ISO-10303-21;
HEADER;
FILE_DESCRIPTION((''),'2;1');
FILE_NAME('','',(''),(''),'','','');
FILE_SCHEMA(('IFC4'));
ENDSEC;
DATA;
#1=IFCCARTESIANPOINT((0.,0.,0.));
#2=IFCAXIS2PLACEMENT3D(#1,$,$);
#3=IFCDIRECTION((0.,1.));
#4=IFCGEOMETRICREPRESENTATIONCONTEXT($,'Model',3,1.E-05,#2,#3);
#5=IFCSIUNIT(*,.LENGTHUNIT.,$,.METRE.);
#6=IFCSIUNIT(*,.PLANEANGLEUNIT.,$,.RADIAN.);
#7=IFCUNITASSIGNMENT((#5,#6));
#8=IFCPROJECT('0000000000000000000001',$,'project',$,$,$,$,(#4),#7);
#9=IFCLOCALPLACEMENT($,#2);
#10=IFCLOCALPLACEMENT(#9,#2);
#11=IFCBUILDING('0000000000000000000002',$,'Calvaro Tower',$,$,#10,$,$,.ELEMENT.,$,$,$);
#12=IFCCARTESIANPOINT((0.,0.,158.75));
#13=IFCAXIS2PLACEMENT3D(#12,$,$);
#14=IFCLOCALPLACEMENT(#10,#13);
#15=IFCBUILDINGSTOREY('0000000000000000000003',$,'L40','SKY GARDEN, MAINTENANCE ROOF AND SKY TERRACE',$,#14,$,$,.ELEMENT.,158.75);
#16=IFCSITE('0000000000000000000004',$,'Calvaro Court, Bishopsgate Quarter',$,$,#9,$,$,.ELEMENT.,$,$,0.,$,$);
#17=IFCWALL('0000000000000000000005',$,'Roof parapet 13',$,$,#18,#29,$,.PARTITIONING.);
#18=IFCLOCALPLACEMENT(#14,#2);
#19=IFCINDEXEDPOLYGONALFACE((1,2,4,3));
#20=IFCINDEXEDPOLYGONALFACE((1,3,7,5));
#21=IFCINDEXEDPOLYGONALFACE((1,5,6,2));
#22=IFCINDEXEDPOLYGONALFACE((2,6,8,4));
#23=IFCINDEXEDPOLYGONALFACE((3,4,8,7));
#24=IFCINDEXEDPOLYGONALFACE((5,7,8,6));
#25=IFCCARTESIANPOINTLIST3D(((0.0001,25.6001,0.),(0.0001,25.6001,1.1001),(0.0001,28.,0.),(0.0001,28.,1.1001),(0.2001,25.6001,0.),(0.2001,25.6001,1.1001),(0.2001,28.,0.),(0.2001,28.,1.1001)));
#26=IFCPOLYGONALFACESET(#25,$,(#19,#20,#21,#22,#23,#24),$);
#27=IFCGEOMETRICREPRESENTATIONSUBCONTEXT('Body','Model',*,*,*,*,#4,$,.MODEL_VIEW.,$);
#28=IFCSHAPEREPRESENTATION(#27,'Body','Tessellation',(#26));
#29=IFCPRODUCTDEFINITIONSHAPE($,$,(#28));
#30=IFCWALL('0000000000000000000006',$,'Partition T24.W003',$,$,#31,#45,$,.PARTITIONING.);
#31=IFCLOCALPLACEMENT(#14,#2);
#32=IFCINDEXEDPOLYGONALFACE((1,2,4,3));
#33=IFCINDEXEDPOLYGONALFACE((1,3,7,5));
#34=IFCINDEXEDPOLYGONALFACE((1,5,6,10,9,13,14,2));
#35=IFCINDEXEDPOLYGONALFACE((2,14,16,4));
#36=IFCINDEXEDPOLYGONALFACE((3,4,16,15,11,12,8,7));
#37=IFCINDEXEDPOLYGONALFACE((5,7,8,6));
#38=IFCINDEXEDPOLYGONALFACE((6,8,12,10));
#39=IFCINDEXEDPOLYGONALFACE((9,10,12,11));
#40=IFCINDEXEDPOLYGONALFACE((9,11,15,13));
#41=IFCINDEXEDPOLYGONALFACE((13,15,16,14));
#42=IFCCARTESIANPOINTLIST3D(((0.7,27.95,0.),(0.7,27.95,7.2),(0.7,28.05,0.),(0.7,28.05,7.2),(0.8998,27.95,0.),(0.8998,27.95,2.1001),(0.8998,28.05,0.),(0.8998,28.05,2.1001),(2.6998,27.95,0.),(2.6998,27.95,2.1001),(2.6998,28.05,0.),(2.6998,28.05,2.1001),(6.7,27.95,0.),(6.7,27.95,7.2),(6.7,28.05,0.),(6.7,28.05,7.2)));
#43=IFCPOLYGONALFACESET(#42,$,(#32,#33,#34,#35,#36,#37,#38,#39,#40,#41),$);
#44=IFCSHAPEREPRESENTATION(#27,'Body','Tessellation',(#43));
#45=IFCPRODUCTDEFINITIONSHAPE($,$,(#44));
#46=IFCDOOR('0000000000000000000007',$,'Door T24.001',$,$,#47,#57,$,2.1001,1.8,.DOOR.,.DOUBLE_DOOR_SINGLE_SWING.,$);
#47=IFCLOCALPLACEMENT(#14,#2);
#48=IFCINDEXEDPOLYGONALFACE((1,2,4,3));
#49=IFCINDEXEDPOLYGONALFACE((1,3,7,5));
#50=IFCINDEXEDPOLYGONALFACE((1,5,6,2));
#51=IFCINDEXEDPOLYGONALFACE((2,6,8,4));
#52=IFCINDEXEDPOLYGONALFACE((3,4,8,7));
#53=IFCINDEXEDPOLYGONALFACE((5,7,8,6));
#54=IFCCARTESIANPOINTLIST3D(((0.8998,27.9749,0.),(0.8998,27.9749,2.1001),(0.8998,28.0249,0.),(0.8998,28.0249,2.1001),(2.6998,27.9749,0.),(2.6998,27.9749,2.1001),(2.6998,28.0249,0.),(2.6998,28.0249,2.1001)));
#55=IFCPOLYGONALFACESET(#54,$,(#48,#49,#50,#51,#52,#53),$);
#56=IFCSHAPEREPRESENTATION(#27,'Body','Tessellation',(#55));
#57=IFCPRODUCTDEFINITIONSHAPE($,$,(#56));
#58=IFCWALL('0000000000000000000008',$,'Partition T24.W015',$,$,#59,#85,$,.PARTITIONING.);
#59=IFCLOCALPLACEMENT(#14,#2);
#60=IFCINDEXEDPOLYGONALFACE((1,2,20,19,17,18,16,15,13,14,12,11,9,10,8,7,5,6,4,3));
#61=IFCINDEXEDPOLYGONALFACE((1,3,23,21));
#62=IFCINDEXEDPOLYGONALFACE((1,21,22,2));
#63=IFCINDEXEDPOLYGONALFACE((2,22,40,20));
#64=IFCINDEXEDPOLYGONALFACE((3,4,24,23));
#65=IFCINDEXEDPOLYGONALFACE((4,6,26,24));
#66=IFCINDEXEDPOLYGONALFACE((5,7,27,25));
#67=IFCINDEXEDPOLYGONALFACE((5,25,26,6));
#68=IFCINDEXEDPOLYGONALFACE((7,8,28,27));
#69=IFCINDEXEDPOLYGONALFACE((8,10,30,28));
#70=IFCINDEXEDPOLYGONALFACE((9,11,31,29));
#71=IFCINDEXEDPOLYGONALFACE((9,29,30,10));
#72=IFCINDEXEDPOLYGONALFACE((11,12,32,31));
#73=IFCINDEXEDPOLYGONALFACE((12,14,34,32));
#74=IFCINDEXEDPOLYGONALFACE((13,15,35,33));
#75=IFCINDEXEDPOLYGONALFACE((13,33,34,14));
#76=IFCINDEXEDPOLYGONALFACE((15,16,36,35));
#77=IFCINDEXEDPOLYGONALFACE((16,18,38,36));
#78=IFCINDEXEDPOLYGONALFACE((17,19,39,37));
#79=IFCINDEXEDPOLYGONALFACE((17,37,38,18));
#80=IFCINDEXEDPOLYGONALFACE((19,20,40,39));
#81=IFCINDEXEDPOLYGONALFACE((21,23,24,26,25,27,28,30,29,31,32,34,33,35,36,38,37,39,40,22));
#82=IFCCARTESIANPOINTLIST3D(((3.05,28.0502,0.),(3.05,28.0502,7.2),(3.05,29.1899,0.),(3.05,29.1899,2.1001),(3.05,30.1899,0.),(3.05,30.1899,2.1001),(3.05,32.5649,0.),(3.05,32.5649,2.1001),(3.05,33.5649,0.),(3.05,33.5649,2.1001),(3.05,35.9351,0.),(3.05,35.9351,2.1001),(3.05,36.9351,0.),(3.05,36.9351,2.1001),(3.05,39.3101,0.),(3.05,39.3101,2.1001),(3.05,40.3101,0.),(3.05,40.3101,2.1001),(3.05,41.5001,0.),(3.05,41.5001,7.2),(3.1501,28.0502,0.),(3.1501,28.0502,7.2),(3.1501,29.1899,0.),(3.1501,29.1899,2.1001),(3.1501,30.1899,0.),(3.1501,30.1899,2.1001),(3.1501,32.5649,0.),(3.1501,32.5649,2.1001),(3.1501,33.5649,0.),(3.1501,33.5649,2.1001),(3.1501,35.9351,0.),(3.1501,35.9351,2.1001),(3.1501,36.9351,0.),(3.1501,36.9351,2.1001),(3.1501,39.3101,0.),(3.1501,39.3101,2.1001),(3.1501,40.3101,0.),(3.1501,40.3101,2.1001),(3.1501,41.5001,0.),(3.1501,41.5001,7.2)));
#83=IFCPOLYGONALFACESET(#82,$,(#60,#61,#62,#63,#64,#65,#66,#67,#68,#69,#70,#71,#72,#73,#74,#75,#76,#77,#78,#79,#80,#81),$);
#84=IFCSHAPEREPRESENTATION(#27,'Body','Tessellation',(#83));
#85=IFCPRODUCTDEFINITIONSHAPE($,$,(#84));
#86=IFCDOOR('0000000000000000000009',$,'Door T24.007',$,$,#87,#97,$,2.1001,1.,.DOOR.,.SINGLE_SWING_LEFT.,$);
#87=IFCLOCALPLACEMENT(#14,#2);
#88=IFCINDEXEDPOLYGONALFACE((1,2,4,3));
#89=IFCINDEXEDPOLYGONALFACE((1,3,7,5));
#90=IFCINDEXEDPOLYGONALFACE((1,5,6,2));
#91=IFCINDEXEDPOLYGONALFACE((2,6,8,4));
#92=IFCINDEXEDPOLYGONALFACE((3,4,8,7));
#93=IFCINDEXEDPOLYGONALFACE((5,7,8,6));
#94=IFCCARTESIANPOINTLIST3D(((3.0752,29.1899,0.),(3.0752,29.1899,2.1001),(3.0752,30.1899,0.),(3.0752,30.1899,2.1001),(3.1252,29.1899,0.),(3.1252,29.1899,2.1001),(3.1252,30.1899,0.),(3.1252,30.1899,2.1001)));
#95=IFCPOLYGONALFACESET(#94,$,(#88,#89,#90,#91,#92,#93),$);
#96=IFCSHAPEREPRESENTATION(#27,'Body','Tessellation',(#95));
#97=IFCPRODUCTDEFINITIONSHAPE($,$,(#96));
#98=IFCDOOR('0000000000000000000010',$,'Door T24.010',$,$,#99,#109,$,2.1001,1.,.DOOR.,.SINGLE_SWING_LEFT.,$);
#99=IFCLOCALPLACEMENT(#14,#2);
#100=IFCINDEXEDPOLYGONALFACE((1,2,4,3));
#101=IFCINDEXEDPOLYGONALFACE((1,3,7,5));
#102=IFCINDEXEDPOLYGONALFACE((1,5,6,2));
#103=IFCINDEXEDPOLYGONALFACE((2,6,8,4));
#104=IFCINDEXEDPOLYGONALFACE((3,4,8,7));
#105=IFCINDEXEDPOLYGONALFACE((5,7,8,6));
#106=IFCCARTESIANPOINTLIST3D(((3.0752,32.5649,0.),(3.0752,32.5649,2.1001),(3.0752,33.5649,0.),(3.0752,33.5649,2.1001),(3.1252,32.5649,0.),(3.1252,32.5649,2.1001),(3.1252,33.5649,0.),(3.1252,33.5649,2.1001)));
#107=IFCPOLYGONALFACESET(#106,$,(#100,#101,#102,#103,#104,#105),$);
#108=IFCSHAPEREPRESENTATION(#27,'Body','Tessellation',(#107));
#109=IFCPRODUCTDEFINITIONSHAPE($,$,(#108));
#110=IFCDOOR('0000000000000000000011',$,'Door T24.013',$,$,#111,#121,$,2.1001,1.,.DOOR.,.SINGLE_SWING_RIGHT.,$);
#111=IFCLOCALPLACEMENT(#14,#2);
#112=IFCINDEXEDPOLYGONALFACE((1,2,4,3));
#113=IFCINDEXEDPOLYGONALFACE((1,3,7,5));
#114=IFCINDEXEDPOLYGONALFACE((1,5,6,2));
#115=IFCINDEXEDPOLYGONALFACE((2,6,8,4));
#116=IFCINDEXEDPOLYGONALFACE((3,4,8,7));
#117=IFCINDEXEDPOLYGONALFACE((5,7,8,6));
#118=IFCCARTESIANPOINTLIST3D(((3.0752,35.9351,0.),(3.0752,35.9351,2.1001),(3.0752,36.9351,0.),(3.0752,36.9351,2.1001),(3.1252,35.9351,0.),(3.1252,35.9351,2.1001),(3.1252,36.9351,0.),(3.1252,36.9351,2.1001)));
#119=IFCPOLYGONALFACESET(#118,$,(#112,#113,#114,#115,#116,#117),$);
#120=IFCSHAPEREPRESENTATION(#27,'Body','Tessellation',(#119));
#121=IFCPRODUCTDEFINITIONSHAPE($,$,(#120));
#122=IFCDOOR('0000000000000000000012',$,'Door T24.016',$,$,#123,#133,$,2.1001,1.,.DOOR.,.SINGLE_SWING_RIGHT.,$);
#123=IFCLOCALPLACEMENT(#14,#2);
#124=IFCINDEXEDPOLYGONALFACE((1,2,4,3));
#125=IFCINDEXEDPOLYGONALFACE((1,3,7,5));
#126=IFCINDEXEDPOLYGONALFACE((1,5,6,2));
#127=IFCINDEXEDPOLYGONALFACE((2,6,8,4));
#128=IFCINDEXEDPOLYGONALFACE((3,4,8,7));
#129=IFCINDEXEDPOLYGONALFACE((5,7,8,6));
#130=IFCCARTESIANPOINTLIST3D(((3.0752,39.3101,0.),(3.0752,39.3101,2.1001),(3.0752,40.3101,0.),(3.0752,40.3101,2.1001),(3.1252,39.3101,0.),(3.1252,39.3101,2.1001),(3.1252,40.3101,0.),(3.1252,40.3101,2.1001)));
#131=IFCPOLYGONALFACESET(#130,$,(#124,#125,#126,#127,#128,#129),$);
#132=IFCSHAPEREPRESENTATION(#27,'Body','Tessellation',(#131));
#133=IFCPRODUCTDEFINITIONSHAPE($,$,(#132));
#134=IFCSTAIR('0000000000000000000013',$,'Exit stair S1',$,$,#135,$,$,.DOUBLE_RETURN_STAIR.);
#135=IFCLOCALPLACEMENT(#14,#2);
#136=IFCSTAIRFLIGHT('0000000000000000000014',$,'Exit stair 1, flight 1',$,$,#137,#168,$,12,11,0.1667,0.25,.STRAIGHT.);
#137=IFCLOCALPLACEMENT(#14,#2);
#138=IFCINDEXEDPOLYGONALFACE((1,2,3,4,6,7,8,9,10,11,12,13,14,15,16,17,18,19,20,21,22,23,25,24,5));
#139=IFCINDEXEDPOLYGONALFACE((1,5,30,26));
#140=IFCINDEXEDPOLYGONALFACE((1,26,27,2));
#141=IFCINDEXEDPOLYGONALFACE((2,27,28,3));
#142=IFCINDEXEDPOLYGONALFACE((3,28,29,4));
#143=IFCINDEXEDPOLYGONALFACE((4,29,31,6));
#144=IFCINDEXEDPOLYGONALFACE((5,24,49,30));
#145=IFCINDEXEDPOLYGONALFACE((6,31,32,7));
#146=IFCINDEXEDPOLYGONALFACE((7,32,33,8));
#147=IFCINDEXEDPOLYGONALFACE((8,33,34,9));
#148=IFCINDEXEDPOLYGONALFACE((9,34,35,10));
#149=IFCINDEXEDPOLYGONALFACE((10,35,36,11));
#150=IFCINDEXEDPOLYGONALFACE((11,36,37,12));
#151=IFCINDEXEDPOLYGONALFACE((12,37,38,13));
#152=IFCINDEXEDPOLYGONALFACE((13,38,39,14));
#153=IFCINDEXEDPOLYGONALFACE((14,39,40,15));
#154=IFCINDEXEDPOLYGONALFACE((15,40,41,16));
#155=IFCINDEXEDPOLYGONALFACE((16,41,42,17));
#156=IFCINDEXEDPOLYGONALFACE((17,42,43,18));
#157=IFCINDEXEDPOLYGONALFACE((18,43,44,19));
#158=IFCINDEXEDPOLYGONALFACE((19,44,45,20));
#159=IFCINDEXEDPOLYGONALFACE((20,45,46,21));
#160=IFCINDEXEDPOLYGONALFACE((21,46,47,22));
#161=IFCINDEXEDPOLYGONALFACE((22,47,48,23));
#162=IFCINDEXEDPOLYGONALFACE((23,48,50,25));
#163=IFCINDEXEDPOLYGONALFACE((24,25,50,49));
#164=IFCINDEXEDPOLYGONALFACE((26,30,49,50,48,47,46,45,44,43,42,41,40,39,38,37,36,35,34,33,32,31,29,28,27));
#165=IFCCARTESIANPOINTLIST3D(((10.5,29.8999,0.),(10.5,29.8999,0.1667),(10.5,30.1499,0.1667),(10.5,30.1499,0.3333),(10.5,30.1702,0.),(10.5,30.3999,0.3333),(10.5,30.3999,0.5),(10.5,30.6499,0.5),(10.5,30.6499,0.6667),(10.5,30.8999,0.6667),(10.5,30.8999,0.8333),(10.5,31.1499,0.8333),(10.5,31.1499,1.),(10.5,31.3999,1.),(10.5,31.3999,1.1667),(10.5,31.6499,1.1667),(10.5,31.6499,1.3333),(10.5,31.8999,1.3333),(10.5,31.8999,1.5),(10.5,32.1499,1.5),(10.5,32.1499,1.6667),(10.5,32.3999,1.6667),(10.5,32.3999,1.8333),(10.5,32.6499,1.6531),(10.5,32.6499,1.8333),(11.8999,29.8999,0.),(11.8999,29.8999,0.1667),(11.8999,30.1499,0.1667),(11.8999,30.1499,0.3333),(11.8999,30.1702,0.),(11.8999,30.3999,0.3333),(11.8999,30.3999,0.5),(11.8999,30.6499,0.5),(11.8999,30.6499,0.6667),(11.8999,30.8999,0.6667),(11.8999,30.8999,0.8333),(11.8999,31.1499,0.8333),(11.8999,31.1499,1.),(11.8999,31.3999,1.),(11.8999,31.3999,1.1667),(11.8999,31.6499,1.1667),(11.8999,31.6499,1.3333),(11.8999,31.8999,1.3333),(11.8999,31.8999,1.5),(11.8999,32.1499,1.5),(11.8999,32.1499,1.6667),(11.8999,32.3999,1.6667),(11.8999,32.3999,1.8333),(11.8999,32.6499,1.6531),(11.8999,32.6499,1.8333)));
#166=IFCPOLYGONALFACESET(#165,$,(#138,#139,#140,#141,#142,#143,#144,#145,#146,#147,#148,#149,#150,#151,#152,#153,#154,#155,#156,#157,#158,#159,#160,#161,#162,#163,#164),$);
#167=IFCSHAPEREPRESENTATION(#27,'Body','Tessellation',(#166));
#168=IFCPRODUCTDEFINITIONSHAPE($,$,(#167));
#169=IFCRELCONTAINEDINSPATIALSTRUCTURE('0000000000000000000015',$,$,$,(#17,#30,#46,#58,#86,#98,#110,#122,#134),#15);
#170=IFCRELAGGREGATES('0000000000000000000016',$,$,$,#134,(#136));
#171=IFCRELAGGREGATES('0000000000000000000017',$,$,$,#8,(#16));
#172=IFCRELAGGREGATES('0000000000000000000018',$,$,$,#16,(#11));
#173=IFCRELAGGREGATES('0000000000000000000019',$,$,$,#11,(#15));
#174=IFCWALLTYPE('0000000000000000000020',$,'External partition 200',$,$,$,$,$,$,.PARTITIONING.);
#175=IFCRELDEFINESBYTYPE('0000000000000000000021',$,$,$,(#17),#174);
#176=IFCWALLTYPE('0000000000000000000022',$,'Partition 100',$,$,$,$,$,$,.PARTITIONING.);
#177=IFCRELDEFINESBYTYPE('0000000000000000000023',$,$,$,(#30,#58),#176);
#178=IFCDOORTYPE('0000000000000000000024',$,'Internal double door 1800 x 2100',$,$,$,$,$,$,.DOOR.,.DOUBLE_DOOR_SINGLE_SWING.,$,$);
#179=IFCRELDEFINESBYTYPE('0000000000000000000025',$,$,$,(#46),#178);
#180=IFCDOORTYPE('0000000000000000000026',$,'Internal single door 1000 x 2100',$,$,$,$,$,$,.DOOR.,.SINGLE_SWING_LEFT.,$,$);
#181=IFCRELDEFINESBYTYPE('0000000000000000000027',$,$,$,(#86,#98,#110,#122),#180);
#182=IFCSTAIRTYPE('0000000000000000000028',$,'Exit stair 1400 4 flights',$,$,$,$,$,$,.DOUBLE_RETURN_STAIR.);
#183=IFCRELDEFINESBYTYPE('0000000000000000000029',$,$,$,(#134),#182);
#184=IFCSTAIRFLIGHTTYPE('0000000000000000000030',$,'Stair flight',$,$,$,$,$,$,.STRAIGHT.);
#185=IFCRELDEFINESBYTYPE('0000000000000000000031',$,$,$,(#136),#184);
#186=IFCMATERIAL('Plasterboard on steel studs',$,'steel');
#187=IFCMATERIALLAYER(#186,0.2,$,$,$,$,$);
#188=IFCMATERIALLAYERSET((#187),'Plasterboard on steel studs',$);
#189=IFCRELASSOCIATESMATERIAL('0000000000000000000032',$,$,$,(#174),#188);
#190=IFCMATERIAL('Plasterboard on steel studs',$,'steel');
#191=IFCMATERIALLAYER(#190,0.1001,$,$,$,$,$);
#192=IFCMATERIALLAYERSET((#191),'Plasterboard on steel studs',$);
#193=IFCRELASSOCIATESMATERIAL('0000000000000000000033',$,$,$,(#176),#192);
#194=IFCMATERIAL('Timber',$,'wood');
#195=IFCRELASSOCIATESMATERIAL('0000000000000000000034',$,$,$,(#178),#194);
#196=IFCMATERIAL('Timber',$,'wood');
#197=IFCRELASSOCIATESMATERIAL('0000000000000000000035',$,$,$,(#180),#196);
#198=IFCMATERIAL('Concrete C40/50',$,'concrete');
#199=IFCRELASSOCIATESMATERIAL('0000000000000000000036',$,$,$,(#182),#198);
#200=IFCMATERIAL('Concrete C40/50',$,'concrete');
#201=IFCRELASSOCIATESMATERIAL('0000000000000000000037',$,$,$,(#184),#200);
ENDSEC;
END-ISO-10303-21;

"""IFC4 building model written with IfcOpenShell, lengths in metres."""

from ifc_helpers import new_model, si_unit, direction, frame, frame_2d, origin, place, context, subcontext, project, spatial, polyline, rectangle, outline, extrude, material, layer, layer_set, type_object, element, fill, aggregate, save


model = new_model("IFC4")

# Units and contexts
model_context = context("Model", 3, precision=1e-05, world=origin(), true_north=direction((0.0, 1.0)))
body_context = subcontext(model_context, "Body", "Model", "MODEL_VIEW")
ifc_project = project(units=[si_unit("LENGTHUNIT", "METRE"), si_unit("PLANEANGLEUNIT", "RADIAN")], contexts=[model_context])

# Site, building, storey
site_placement = place(None, origin())
site = spatial("IfcSite", under=ifc_project, at=site_placement, Name="Calvaro Court, Bishopsgate Quarter", CompositionType="ELEMENT", RefElevation=0.0)
building_placement = place(site_placement, origin())
building = spatial("IfcBuilding", under=site, at=building_placement, Name="Calvaro Tower", CompositionType="ELEMENT")
storey_placement = place(building_placement, frame((0.0, 0.0, 158.75)))
storey = spatial("IfcBuildingStorey", under=building, at=storey_placement, Name="L40", Description="SKY GARDEN, MAINTENANCE ROOF AND SKY TERRACE", CompositionType="ELEMENT", Elevation=158.75)

# Wall
ifc_material_1 = material(Name="Plasterboard on steel studs", Category="steel")
ifc_layer_1 = layer(ifc_material_1, 0.2)
ifc_layer_set_1 = layer_set([ifc_layer_1], Name="Plasterboard on steel studs")
wall_type_1 = type_object("IfcWallType", Name="External partition 200", PredefinedType="PARTITIONING", material=ifc_layer_set_1)
wall_1_placement = place(storey_placement, frame((0.1001, 25.6001, 0.0), z_axis=(0.0, 0.0, 1.0), x_axis=(0.0, 1.0, 0.0)))
element("IfcWall", 1, at=wall_1_placement, inside=storey, type_object=wall_type_1, Name="Roof parapet 13", PredefinedType="PARTITIONING", context=body_context, shape_type="SweptSolid", body=[
    extrude(rectangle(XDim=2.3999, YDim=0.2, at=frame_2d((1.2, 0.0))), origin(), (0.0, 0.0, 1.0), 1.1001),
])

# Wall, opening, door
ifc_material_2 = material(Name="Plasterboard on steel studs", Category="steel")
ifc_layer_2 = layer(ifc_material_2, 0.1001)
ifc_layer_set_2 = layer_set([ifc_layer_2], Name="Plasterboard on steel studs")
wall_type_2 = type_object("IfcWallType", Name="Partition 100", PredefinedType="PARTITIONING", material=ifc_layer_set_2)
wall_2_placement = place(storey_placement, frame((0.7, 28.0, 0.0), z_axis=(0.0, 0.0, 1.0), x_axis=(1.0, 0.0, 0.0)))
wall_2 = element("IfcWall", 2, at=wall_2_placement, inside=storey, type_object=wall_type_2, Name="Partition T24.W003", PredefinedType="PARTITIONING", context=body_context, shape_type="SweptSolid", body=[
    extrude(rectangle(XDim=6.0, YDim=0.1001, at=frame_2d((3.0, 0.0))), origin(), (0.0, 0.0, 1.0), 7.2),
])
opening_1_placement = place(wall_2_placement, frame((0.2, 0.0, 0.0)))
opening_1 = element("IfcOpeningElement", 3, at=opening_1_placement, cuts=wall_2, PredefinedType="OPENING", context=body_context, shape_type="SweptSolid", body=[
    extrude(rectangle(XDim=1.8, YDim=2.1001, at=frame_2d((0.8999, 1.05))), frame((0.0, 0.0601, 0.0), z_axis=(0.0, -1.0, 0.0), x_axis=(1.0, 0.0, 0.0)), (0.0, 0.0, 1.0), 0.1201),
])
ifc_material_3 = material(Name="Timber", Category="wood")
door_type_1 = type_object("IfcDoorType", Name="Internal double door 1800 x 2100", OperationType="DOUBLE_DOOR_SINGLE_SWING", PredefinedType="DOOR", material=ifc_material_3)
door_1_placement = place(opening_1_placement, origin())
door_1 = element("IfcDoor", 4, at=door_1_placement, inside=storey, type_object=door_type_1, Name="Door T24.001", OperationType="DOUBLE_DOOR_SINGLE_SWING", OverallHeight=2.1001, OverallWidth=1.8, PredefinedType="DOOR", context=body_context, shape_type="SweptSolid", body=[
    extrude(rectangle(XDim=1.8, YDim=2.1001, at=frame_2d((0.8999, 1.05))), frame((0.0, 0.0249, 0.0), z_axis=(0.0, -1.0, 0.0), x_axis=(1.0, 0.0, 0.0)), (0.0, 0.0, 1.0), 0.05),
])
fill(opening_1, door_1)

# Wall, openings, doors
wall_3_placement = place(storey_placement, frame((3.1001, 28.05, 0.0), z_axis=(0.0, 0.0, 1.0), x_axis=(0.0, 1.0, 0.0)))
wall_3 = element("IfcWall", 5, at=wall_3_placement, inside=storey, type_object=wall_type_2, Name="Partition T24.W015", PredefinedType="PARTITIONING", context=body_context, shape_type="SweptSolid", body=[
    extrude(rectangle(XDim=13.45, YDim=0.1001, at=frame_2d((6.7251, 0.0))), origin(), (0.0, 0.0, 1.0), 7.2),
])
opening_2_placement = place(wall_3_placement, frame((1.1399, 0.0, 0.0)))
opening_2 = element("IfcOpeningElement", 6, at=opening_2_placement, cuts=wall_3, PredefinedType="OPENING", context=body_context, shape_type="SweptSolid", body=[
    extrude(rectangle(XDim=1.0, YDim=2.1001, at=frame_2d((0.5, 1.05))), frame((0.0, 0.0601, 0.0), z_axis=(0.0, -1.0, 0.0), x_axis=(1.0, 0.0, 0.0)), (0.0, 0.0, 1.0), 0.1201),
])
opening_3_placement = place(wall_3_placement, frame((4.5149, 0.0, 0.0)))
opening_3 = element("IfcOpeningElement", 7, at=opening_3_placement, cuts=wall_3, PredefinedType="OPENING", context=body_context, shape_type="SweptSolid", body=[
    extrude(rectangle(XDim=1.0, YDim=2.1001, at=frame_2d((0.5, 1.05))), frame((0.0, 0.0601, 0.0), z_axis=(0.0, -1.0, 0.0), x_axis=(1.0, 0.0, 0.0)), (0.0, 0.0, 1.0), 0.1201),
])
opening_4_placement = place(wall_3_placement, frame((7.885, 0.0, 0.0)))
opening_4 = element("IfcOpeningElement", 8, at=opening_4_placement, cuts=wall_3, PredefinedType="OPENING", context=body_context, shape_type="SweptSolid", body=[
    extrude(rectangle(XDim=1.0, YDim=2.1001, at=frame_2d((0.5, 1.05))), frame((0.0, 0.0601, 0.0), z_axis=(0.0, -1.0, 0.0), x_axis=(1.0, 0.0, 0.0)), (0.0, 0.0, 1.0), 0.1201),
])
opening_5_placement = place(wall_3_placement, frame((11.26, 0.0, 0.0)))
opening_5 = element("IfcOpeningElement", 9, at=opening_5_placement, cuts=wall_3, PredefinedType="OPENING", context=body_context, shape_type="SweptSolid", body=[
    extrude(rectangle(XDim=1.0, YDim=2.1001, at=frame_2d((0.5, 1.05))), frame((0.0, 0.0601, 0.0), z_axis=(0.0, -1.0, 0.0), x_axis=(1.0, 0.0, 0.0)), (0.0, 0.0, 1.0), 0.1201),
])
ifc_material_4 = material(Name="Timber", Category="wood")
door_type_2 = type_object("IfcDoorType", Name="Internal single door 1000 x 2100", OperationType="SINGLE_SWING_LEFT", PredefinedType="DOOR", material=ifc_material_4)
door_2_placement = place(opening_2_placement, origin())
door_2 = element("IfcDoor", 10, at=door_2_placement, inside=storey, type_object=door_type_2, Name="Door T24.007", OperationType="SINGLE_SWING_LEFT", OverallHeight=2.1001, OverallWidth=1.0, PredefinedType="DOOR", context=body_context, shape_type="SweptSolid", body=[
    extrude(rectangle(XDim=1.0, YDim=2.1001, at=frame_2d((0.5, 1.05))), frame((0.0, 0.0249, 0.0), z_axis=(0.0, -1.0, 0.0), x_axis=(1.0, 0.0, 0.0)), (0.0, 0.0, 1.0), 0.05),
])
fill(opening_2, door_2)
door_3_placement = place(opening_3_placement, origin())
door_3 = element("IfcDoor", 11, at=door_3_placement, inside=storey, type_object=door_type_2, Name="Door T24.010", OperationType="SINGLE_SWING_LEFT", OverallHeight=2.1001, OverallWidth=1.0, PredefinedType="DOOR", context=body_context, shape_type="SweptSolid", body=[
    extrude(rectangle(XDim=1.0, YDim=2.1001, at=frame_2d((0.5, 1.05))), frame((0.0, 0.0249, 0.0), z_axis=(0.0, -1.0, 0.0), x_axis=(1.0, 0.0, 0.0)), (0.0, 0.0, 1.0), 0.05),
])
fill(opening_3, door_3)
door_4_placement = place(opening_4_placement, origin())
door_4 = element("IfcDoor", 12, at=door_4_placement, inside=storey, type_object=door_type_2, Name="Door T24.013", OperationType="SINGLE_SWING_RIGHT", OverallHeight=2.1001, OverallWidth=1.0, PredefinedType="DOOR", context=body_context, shape_type="SweptSolid", body=[
    extrude(rectangle(XDim=1.0, YDim=2.1001, at=frame_2d((0.5, 1.05))), frame((0.0, 0.0249, 0.0), z_axis=(0.0, -1.0, 0.0), x_axis=(1.0, 0.0, 0.0)), (0.0, 0.0, 1.0), 0.05),
])
fill(opening_4, door_4)
door_5_placement = place(opening_5_placement, origin())
door_5 = element("IfcDoor", 13, at=door_5_placement, inside=storey, type_object=door_type_2, Name="Door T24.016", OperationType="SINGLE_SWING_RIGHT", OverallHeight=2.1001, OverallWidth=1.0, PredefinedType="DOOR", context=body_context, shape_type="SweptSolid", body=[
    extrude(rectangle(XDim=1.0, YDim=2.1001, at=frame_2d((0.5, 1.05))), frame((0.0, 0.0249, 0.0), z_axis=(0.0, -1.0, 0.0), x_axis=(1.0, 0.0, 0.0)), (0.0, 0.0, 1.0), 0.05),
])
fill(opening_5, door_5)

# Stair, stair flight
ifc_material_5 = material(Name="Concrete C40/50", Category="concrete")
stair_type = type_object("IfcStairType", Name="Exit stair 1400 4 flights", PredefinedType="DOUBLE_RETURN_STAIR", material=ifc_material_5)
stair_placement = place(storey_placement, origin())
stair = element("IfcStair", 14, at=stair_placement, inside=storey, type_object=stair_type, Name="Exit stair S1", PredefinedType="DOUBLE_RETURN_STAIR")
ifc_material_6 = material(Name="Concrete C40/50", Category="concrete")
stair_flight_type = type_object("IfcStairFlightType", Name="Stair flight", PredefinedType="STRAIGHT", material=ifc_material_6)
stair_flight_1_placement = place(storey_placement, frame((11.2, 29.8999, 0.0), z_axis=(0.0, 0.0, 1.0), x_axis=(0.0, 1.0, 0.0)))
stair_flight_1 = element("IfcStairFlight", 15, at=stair_flight_1_placement, type_object=stair_flight_type, Name="Exit stair 1, flight 1", NumberOfRisers=12, NumberOfTreads=11, PredefinedType="STRAIGHT", RiserHeight=0.1667, TreadLength=0.25, context=body_context, shape_type="SweptSolid", body=[
    extrude(outline(polyline([(0.0, 0.0), (0.0, 0.1667), (0.25, 0.1667), (0.25, 0.3333), (0.5, 0.3333), (0.5, 0.5), (0.75, 0.5), (0.75, 0.6667), (1.0, 0.6667), (1.0, 0.8333), (1.25, 0.8333), (1.25, 1.0), (1.5, 1.0), (1.5, 1.1667), (1.75, 1.1667), (1.75, 1.3333), (2.0, 1.3333), (2.0, 1.5), (2.25, 1.5), (2.25, 1.6667), (2.5, 1.6667), (2.5, 1.8333), (2.75, 1.8333), (2.75, 2.0), (2.75, 1.6531), (0.2703, 0.0), (0.0, 0.0)])), frame((0.0, 0.7, 0.0), z_axis=(0.0, -1.0, 0.0), x_axis=(1.0, 0.0, 0.0)), (0.0, 0.0, 1.0), 1.3999),
])
aggregate(stair, [stair_flight_1])

save(model, "model.ifc")
